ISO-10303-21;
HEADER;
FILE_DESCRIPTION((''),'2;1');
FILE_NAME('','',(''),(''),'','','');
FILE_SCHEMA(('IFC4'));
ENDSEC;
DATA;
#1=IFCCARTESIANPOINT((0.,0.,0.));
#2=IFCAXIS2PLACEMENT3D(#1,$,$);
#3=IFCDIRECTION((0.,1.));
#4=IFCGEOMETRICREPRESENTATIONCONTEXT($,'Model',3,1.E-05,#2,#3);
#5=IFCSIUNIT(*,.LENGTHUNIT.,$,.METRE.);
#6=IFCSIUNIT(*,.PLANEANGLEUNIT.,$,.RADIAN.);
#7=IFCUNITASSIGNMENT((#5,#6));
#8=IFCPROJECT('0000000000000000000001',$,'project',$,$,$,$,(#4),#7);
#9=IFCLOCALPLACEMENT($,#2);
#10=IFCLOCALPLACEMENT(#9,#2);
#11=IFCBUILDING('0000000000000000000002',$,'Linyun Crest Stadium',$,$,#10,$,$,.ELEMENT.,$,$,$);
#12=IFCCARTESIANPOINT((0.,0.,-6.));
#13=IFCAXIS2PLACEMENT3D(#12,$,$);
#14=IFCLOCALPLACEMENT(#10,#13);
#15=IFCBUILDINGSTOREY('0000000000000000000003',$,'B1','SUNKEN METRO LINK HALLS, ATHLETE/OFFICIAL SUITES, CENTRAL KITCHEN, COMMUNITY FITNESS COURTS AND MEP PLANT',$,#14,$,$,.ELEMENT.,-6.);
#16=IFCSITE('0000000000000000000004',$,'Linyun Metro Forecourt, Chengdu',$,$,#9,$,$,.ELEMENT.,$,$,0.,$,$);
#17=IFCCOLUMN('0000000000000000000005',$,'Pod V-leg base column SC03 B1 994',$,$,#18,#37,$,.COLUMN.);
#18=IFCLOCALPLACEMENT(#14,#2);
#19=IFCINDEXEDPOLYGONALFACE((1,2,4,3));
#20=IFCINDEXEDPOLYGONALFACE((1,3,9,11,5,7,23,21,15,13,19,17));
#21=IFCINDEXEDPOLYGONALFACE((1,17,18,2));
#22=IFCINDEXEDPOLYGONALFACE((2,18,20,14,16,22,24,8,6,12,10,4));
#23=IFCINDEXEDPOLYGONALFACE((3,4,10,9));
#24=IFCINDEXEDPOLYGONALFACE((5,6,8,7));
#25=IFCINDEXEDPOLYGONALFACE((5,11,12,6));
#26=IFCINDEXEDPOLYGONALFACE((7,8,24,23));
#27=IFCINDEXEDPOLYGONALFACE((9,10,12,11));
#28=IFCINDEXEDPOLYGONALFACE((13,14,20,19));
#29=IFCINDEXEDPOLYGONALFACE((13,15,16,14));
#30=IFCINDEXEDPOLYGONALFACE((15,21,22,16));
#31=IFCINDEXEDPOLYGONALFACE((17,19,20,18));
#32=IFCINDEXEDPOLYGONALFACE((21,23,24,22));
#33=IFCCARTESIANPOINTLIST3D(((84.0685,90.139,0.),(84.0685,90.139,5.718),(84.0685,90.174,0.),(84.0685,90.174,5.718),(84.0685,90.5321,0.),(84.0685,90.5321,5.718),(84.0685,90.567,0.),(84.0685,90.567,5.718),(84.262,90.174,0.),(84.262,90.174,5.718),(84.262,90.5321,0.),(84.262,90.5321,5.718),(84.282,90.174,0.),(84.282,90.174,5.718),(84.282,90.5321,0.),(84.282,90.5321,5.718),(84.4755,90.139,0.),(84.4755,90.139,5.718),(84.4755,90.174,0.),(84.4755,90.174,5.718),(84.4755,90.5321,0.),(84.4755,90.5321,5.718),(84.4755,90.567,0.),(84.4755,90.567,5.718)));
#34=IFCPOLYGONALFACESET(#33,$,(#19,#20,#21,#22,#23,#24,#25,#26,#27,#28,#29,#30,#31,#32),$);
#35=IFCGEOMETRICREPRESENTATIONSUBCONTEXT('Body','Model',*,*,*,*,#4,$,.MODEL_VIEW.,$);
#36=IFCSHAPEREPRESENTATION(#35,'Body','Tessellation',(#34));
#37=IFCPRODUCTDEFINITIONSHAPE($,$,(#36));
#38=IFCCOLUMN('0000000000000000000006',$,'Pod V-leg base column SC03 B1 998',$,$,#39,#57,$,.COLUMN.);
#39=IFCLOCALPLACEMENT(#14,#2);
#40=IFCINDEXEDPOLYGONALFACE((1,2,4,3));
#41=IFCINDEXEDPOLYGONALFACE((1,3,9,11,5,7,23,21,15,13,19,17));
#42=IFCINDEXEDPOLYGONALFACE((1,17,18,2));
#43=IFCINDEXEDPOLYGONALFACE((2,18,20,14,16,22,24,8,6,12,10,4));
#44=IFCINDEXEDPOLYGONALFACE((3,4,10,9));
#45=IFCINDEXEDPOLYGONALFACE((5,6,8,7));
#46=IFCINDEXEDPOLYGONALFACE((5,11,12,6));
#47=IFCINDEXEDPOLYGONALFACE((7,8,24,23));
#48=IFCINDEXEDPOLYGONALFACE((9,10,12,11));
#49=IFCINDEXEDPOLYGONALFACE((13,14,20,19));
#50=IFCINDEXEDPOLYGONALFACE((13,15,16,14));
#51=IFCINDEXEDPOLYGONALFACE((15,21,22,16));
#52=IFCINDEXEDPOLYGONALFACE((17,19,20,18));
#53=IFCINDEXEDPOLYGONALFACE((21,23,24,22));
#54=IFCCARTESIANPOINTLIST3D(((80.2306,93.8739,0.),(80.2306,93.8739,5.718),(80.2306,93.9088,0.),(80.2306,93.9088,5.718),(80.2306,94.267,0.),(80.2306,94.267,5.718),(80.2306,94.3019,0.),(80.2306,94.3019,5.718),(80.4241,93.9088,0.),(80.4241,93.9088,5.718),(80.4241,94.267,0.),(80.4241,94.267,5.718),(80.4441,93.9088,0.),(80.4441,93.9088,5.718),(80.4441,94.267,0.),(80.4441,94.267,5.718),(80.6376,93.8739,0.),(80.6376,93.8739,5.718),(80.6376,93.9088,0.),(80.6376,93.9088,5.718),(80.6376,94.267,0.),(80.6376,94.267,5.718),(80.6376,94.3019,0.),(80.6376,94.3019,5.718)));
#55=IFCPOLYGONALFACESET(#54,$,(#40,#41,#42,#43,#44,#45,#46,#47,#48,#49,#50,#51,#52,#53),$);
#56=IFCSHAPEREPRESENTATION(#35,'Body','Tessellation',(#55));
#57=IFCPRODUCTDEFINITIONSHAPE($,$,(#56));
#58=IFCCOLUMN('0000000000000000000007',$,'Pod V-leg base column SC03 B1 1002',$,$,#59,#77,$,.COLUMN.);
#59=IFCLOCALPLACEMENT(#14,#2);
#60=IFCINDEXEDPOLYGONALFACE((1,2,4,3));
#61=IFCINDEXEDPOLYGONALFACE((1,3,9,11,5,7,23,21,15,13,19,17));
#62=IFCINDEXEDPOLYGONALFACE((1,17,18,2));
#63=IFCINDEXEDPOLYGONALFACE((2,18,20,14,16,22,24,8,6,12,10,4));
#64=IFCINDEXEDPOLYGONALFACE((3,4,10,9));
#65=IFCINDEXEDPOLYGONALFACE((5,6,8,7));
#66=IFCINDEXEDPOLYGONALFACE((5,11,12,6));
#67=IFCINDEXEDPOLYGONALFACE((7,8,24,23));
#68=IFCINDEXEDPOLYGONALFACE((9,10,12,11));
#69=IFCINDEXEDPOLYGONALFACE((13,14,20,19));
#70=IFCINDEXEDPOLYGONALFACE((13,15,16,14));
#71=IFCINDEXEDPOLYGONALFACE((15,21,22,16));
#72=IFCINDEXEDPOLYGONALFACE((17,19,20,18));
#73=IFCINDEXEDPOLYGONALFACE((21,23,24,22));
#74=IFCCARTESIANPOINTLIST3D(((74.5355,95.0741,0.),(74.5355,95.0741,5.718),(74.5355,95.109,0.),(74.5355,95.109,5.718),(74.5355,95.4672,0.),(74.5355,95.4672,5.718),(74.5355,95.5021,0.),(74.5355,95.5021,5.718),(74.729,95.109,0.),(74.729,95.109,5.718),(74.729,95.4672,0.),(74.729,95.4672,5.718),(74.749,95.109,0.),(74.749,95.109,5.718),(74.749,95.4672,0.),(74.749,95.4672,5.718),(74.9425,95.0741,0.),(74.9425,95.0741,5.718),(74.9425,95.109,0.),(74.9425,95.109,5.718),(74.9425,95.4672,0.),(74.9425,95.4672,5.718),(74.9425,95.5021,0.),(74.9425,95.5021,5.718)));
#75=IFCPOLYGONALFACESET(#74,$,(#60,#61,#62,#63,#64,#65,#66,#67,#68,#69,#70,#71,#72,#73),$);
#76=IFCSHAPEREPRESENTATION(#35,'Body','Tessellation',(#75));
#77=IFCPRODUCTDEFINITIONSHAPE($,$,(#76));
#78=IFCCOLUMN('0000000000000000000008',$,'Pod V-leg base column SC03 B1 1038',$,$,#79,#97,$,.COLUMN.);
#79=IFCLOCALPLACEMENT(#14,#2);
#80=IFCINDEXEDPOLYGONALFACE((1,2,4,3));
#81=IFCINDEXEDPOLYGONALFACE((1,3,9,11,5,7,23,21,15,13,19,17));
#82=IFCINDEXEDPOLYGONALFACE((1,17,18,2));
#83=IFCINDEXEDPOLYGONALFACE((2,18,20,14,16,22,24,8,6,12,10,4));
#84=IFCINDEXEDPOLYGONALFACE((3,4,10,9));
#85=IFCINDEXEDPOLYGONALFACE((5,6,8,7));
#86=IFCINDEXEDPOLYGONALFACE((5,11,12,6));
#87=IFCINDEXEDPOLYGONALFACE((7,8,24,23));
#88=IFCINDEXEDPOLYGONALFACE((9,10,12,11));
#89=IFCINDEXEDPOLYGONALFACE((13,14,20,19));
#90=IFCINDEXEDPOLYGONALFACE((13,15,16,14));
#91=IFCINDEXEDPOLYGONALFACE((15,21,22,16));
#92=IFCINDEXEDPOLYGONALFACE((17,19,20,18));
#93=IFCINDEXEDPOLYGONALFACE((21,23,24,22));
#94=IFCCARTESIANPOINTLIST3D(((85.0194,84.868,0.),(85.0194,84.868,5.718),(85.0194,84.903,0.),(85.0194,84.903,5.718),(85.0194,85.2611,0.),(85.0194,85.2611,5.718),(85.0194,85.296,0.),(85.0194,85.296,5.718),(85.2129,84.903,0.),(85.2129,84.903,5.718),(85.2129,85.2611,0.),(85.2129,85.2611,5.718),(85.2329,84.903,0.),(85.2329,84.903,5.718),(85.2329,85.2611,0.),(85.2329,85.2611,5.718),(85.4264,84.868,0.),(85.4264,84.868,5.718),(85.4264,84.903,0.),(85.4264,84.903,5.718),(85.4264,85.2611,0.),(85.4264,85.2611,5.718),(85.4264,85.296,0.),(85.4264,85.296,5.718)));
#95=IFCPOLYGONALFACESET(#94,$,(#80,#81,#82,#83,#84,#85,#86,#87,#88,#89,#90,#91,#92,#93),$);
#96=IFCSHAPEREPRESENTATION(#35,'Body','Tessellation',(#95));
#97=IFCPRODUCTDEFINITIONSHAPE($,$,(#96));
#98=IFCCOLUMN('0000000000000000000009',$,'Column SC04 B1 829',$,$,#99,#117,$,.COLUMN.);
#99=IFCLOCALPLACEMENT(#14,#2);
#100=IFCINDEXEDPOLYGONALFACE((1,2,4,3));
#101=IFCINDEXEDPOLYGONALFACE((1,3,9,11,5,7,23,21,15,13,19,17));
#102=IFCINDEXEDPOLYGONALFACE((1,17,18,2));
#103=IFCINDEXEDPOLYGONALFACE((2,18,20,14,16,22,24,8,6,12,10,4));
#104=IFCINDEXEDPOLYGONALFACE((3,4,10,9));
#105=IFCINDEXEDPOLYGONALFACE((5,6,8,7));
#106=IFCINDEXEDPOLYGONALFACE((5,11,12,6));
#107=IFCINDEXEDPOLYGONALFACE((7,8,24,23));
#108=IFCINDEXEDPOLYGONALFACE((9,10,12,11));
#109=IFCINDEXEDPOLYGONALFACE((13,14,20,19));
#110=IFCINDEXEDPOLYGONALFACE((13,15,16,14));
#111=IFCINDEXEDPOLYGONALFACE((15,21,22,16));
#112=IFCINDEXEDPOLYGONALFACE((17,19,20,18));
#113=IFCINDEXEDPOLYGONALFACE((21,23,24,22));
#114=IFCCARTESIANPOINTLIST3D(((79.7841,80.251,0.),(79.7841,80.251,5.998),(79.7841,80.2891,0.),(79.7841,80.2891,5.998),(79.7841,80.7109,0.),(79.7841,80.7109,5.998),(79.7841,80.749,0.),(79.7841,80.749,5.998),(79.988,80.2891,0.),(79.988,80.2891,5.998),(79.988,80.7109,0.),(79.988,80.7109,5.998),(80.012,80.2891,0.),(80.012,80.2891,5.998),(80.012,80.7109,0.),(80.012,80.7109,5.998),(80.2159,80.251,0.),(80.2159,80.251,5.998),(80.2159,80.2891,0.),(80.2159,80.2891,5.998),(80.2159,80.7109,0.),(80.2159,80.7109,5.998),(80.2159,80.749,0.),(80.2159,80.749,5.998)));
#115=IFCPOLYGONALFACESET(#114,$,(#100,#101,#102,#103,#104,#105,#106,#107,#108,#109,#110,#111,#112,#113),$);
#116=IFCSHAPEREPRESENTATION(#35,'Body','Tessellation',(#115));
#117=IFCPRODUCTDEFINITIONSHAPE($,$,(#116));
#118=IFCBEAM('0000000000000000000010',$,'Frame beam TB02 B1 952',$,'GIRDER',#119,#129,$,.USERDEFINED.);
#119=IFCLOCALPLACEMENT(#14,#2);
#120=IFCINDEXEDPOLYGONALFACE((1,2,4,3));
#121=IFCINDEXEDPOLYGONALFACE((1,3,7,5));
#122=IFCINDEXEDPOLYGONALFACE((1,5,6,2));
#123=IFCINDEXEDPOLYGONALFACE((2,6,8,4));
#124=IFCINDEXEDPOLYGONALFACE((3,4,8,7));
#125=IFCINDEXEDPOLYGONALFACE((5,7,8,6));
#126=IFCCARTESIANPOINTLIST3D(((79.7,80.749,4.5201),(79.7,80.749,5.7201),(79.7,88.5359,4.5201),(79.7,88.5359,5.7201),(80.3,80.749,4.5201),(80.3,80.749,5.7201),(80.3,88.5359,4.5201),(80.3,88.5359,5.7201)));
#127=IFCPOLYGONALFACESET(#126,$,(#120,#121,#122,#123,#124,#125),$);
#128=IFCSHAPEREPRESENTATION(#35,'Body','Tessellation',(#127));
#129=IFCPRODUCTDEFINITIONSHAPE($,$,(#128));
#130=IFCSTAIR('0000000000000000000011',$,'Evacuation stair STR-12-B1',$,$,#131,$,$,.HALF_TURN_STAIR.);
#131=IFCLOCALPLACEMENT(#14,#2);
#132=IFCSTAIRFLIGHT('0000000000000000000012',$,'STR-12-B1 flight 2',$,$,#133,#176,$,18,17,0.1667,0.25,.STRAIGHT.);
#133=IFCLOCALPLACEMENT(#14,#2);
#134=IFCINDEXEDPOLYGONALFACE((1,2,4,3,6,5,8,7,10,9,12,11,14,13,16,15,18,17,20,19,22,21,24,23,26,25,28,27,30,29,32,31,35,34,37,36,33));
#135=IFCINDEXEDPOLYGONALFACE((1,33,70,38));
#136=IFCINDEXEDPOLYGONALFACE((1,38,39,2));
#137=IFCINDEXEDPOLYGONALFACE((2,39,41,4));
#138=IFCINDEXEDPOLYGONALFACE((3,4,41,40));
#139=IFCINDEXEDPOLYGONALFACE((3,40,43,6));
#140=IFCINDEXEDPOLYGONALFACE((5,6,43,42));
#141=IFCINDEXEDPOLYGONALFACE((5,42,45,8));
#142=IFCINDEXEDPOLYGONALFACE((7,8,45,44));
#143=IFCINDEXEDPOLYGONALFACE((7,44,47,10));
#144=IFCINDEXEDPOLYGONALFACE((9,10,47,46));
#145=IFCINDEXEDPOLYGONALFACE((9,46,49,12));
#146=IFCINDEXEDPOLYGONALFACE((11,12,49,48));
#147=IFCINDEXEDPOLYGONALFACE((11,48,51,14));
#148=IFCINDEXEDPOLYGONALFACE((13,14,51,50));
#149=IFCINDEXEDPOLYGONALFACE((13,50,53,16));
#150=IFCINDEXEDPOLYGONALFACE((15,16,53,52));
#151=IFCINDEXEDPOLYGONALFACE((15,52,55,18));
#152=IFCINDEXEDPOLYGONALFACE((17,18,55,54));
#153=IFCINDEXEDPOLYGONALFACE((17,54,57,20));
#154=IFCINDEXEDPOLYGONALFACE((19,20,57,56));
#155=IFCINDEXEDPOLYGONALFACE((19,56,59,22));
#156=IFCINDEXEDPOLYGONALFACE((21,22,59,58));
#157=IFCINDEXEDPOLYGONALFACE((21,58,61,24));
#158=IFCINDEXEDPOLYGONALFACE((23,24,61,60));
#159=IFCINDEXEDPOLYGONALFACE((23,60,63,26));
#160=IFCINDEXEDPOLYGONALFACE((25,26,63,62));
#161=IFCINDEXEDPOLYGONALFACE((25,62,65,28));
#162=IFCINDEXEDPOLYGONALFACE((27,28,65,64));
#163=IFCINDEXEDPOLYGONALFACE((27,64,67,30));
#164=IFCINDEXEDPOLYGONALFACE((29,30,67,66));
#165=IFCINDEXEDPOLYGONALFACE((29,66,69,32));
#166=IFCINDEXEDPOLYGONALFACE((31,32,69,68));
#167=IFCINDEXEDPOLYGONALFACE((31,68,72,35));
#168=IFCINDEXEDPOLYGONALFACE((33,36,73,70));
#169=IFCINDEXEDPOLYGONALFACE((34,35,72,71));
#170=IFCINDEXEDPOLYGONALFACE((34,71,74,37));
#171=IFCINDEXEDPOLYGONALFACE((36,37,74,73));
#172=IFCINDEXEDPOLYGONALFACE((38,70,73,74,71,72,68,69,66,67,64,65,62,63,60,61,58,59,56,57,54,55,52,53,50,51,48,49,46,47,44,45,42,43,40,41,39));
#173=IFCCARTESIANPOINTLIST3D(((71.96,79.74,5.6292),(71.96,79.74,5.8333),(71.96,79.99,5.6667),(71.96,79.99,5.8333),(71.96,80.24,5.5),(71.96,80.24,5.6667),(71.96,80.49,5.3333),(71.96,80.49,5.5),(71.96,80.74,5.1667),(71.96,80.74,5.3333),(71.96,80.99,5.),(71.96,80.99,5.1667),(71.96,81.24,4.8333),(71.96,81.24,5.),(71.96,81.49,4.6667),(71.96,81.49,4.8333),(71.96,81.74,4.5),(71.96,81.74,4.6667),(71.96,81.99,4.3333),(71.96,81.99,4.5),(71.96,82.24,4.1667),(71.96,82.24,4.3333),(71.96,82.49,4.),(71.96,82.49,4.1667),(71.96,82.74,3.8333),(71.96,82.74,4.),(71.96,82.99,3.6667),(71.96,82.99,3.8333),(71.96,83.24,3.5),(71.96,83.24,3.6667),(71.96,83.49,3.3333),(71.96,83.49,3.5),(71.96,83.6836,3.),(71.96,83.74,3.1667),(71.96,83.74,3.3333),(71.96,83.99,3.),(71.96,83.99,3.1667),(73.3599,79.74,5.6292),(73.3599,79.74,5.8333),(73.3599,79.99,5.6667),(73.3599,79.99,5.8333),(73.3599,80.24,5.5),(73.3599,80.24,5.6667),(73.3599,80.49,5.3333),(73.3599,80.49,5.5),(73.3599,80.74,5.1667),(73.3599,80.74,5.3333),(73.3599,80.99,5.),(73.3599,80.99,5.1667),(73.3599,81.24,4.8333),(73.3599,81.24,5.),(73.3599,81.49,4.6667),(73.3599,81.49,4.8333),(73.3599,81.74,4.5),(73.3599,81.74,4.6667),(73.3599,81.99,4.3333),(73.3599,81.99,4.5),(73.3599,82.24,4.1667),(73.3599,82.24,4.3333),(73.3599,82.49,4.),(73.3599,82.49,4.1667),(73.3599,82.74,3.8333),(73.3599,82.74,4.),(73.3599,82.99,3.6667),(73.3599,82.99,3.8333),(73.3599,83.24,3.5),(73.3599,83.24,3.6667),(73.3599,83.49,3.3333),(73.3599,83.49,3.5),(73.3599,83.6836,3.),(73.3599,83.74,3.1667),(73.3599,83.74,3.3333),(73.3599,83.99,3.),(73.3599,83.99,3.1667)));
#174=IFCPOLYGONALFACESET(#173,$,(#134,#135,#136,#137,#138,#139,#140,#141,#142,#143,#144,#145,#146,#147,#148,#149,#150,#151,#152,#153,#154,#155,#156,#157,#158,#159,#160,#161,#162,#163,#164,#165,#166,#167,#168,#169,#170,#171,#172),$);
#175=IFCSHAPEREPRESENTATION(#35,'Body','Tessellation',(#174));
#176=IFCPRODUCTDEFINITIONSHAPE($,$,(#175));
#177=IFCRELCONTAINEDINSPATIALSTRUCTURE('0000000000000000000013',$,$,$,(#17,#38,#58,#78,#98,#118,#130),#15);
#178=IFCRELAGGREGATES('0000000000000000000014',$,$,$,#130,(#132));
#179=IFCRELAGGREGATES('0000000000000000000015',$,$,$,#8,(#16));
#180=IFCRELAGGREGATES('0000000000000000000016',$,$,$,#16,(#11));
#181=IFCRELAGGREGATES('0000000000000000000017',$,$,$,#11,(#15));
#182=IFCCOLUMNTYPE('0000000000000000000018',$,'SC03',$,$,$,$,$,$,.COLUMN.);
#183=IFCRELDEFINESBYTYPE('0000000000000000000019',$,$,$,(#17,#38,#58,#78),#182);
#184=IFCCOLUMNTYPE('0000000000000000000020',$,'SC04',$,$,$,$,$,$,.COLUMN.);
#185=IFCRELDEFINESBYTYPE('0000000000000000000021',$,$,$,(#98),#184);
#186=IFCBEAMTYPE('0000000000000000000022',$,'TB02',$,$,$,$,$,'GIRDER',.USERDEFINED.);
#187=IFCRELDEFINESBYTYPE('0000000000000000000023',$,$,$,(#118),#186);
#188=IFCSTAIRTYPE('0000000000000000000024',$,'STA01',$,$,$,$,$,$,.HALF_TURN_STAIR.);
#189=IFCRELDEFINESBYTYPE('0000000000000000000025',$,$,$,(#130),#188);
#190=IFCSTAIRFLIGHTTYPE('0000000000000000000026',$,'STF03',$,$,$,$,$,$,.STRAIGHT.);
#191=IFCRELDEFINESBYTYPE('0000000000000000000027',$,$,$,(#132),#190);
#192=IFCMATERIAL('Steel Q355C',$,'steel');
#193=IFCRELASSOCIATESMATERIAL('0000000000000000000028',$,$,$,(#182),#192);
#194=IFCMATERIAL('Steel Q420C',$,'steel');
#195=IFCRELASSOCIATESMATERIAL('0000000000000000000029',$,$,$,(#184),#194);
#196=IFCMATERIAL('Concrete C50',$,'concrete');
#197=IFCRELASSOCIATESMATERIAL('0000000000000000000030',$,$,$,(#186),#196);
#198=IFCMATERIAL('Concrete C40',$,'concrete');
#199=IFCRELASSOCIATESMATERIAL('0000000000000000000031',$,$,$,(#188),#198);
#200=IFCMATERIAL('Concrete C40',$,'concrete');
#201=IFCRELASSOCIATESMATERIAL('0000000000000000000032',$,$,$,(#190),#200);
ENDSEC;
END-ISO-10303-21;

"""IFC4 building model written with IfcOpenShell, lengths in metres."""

from ifc_helpers import new_model, si_unit, direction, frame, origin, origin_2d, place, context, subcontext, project, spatial, polyline, rectangle, i_section, outline, extrude, material, material_profile, profile_set, type_object, element, aggregate, save


model = new_model("IFC4")

# Units and contexts
model_context = context("Model", 3, precision=1e-05, world=origin(), true_north=direction((0.0, 1.0)))
body_context = subcontext(model_context, "Body", "Model", "MODEL_VIEW")
ifc_project = project(units=[si_unit("LENGTHUNIT", "METRE"), si_unit("PLANEANGLEUNIT", "RADIAN")], contexts=[model_context])

# Site, building, storey
site_placement = place(None, origin())
site = spatial("IfcSite", under=ifc_project, at=site_placement, Name="Linyun Metro Forecourt, Chengdu", CompositionType="ELEMENT", RefElevation=0.0)
building_placement = place(site_placement, origin())
building = spatial("IfcBuilding", under=site, at=building_placement, Name="Linyun Crest Stadium", CompositionType="ELEMENT")
storey_placement = place(building_placement, frame((0.0, 0.0, -6.0)))
storey = spatial("IfcBuildingStorey", under=building, at=storey_placement, Name="B1", Description="SUNKEN METRO LINK HALLS, ATHLETE/OFFICIAL SUITES, CENTRAL KITCHEN, COMMUNITY FITNESS COURTS AND MEP PLANT", CompositionType="ELEMENT", Elevation=-6.0)

# Columns
ifc_material_1 = material(Name="Steel Q355C", Category="steel")
ifc_material_profile_1 = material_profile(ifc_material_1, i_section(OverallWidth=0.407, OverallDepth=0.428, WebThickness=0.02, FlangeThickness=0.0349, at=origin_2d()), Name="HW 428x407")
ifc_profile_set_1 = profile_set([ifc_material_profile_1], Name="Steel Q355C")
column_type_1 = type_object("IfcColumnType", Name="SC03", PredefinedType="COLUMN", material=ifc_profile_set_1)
for number, where, z_axis, x_axis, name in (
    (1, (84.272, 90.353, 0.0), (0.0, 0.0, 1.0), (1.0, 0.0, 0.0), "Pod V-leg base column SC03 B1 994"),
    (2, (80.4341, 94.0879, 0.0), (0.0, 0.0, 1.0), (1.0, 0.0, 0.0), "Pod V-leg base column SC03 B1 998"),
    (3, (74.739, 95.2881, 0.0), (0.0, 0.0, 1.0), (1.0, 0.0, 0.0), "Pod V-leg base column SC03 B1 1002"),
    (4, (85.2229, 85.082, 0.0), (0.0, 0.0, 1.0), (1.0, 0.0, 0.0), "Pod V-leg base column SC03 B1 1038"),
):
    element("IfcColumn", number, at=place(storey_placement, frame(where, z_axis=z_axis, x_axis=x_axis)), inside=storey, type_object=column_type_1, Name=name, PredefinedType="COLUMN", context=body_context, shape_type="SweptSolid", body=[
        extrude(i_section(OverallWidth=0.407, OverallDepth=0.428, WebThickness=0.02, FlangeThickness=0.0349, at=origin_2d()), origin(), (0.0, 0.0, 1.0), 5.718),
    ])
ifc_material_2 = material(Name="Steel Q420C", Category="steel")
ifc_material_profile_2 = material_profile(ifc_material_2, i_section(OverallWidth=0.4319, OverallDepth=0.498, WebThickness=0.0239, FlangeThickness=0.0381, at=origin_2d()), Name="HW 498x432")
ifc_profile_set_2 = profile_set([ifc_material_profile_2], Name="Steel Q420C")
column_type_2 = type_object("IfcColumnType", Name="SC04", PredefinedType="COLUMN", material=ifc_profile_set_2)
column_1_placement = place(storey_placement, frame((80.0, 80.5, 0.0), z_axis=(0.0, 0.0, 1.0), x_axis=(1.0, 0.0, 0.0)))
element("IfcColumn", 5, at=column_1_placement, inside=storey, type_object=column_type_2, Name="Column SC04 B1 829", PredefinedType="COLUMN", context=body_context, shape_type="SweptSolid", body=[
    extrude(i_section(OverallWidth=0.4319, OverallDepth=0.498, WebThickness=0.0239, FlangeThickness=0.0381, at=origin_2d()), origin(), (0.0, 0.0, 1.0), 5.998),
])

# Beam
ifc_material_3 = material(Name="Concrete C50", Category="concrete")
ifc_material_profile_3 = material_profile(ifc_material_3, rectangle(XDim=0.6001, YDim=1.2, at=origin_2d()), Name="RCB 1200x600")
ifc_profile_set_3 = profile_set([ifc_material_profile_3], Name="Concrete C50")
beam_type = type_object("IfcBeamType", Name="TB02", ElementType="GIRDER", PredefinedType="USERDEFINED", material=ifc_profile_set_3)
beam_placement = place(storey_placement, frame((80.0, 80.749, 5.1201), z_axis=(0.0, 1.0, 0.0), x_axis=(-1.0, 0.0, 0.0)))
element("IfcBeam", 6, at=beam_placement, inside=storey, type_object=beam_type, Name="Frame beam TB02 B1 952", ObjectType="GIRDER", PredefinedType="USERDEFINED", context=body_context, shape_type="SweptSolid", body=[
    extrude(rectangle(XDim=0.6001, YDim=1.2, at=origin_2d()), origin(), (0.0, 0.0, 1.0), 7.7869),
])

# Stair, stair flight
ifc_material_4 = material(Name="Concrete C40", Category="concrete")
stair_type = type_object("IfcStairType", Name="STA01", PredefinedType="HALF_TURN_STAIR", material=ifc_material_4)
stair_placement = place(storey_placement, origin())
stair = element("IfcStair", 7, at=stair_placement, inside=storey, type_object=stair_type, Name="Evacuation stair STR-12-B1", PredefinedType="HALF_TURN_STAIR")
ifc_material_5 = material(Name="Concrete C40", Category="concrete")
stair_flight_type = type_object("IfcStairFlightType", Name="STF03", PredefinedType="STRAIGHT", material=ifc_material_5)
stair_flight_placement = place(storey_placement, frame((72.6599, 83.99, 3.0), z_axis=(0.0, 0.0, 1.0), x_axis=(0.0, -1.0, 0.0)))
stair_flight = element("IfcStairFlight", 8, at=stair_flight_placement, type_object=stair_flight_type, Name="STR-12-B1 flight 2", NumberOfRisers=18, NumberOfTreads=17, PredefinedType="STRAIGHT", RiserHeight=0.1667, TreadLength=0.25, context=body_context, shape_type="SweptSolid", body=[
    extrude(outline(polyline([(0.0, 0.0), (0.0, 0.1667), (0.25, 0.1667), (0.25, 0.3333), (0.5, 0.3333), (0.5, 0.5), (0.75, 0.5), (0.75, 0.6667), (1.0, 0.6667), (1.0, 0.8333), (1.25, 0.8333), (1.25, 1.0), (1.5, 1.0), (1.5, 1.1667), (1.75, 1.1667), (1.75, 1.3333), (2.0, 1.3333), (2.0, 1.5), (2.25, 1.5), (2.25, 1.6667), (2.5, 1.6667), (2.5, 1.8333), (2.75, 1.8333), (2.75, 2.0), (3.0, 2.0), (3.0, 2.1667), (3.25, 2.1667), (3.25, 2.3333), (3.5, 2.3333), (3.5, 2.5), (3.75, 2.5), (3.75, 2.6667), (4.0, 2.6667), (4.0, 2.8333), (4.25, 2.8333), (4.25, 3.0), (4.25, 2.6292), (0.3064, 0.0), (0.0, 0.0)])), frame((0.0, 0.7, 0.0), z_axis=(0.0, -1.0, 0.0), x_axis=(1.0, 0.0, 0.0)), (0.0, 0.0, 1.0), 1.3999),
])
aggregate(stair, [stair_flight])

save(model, "model.ifc")
